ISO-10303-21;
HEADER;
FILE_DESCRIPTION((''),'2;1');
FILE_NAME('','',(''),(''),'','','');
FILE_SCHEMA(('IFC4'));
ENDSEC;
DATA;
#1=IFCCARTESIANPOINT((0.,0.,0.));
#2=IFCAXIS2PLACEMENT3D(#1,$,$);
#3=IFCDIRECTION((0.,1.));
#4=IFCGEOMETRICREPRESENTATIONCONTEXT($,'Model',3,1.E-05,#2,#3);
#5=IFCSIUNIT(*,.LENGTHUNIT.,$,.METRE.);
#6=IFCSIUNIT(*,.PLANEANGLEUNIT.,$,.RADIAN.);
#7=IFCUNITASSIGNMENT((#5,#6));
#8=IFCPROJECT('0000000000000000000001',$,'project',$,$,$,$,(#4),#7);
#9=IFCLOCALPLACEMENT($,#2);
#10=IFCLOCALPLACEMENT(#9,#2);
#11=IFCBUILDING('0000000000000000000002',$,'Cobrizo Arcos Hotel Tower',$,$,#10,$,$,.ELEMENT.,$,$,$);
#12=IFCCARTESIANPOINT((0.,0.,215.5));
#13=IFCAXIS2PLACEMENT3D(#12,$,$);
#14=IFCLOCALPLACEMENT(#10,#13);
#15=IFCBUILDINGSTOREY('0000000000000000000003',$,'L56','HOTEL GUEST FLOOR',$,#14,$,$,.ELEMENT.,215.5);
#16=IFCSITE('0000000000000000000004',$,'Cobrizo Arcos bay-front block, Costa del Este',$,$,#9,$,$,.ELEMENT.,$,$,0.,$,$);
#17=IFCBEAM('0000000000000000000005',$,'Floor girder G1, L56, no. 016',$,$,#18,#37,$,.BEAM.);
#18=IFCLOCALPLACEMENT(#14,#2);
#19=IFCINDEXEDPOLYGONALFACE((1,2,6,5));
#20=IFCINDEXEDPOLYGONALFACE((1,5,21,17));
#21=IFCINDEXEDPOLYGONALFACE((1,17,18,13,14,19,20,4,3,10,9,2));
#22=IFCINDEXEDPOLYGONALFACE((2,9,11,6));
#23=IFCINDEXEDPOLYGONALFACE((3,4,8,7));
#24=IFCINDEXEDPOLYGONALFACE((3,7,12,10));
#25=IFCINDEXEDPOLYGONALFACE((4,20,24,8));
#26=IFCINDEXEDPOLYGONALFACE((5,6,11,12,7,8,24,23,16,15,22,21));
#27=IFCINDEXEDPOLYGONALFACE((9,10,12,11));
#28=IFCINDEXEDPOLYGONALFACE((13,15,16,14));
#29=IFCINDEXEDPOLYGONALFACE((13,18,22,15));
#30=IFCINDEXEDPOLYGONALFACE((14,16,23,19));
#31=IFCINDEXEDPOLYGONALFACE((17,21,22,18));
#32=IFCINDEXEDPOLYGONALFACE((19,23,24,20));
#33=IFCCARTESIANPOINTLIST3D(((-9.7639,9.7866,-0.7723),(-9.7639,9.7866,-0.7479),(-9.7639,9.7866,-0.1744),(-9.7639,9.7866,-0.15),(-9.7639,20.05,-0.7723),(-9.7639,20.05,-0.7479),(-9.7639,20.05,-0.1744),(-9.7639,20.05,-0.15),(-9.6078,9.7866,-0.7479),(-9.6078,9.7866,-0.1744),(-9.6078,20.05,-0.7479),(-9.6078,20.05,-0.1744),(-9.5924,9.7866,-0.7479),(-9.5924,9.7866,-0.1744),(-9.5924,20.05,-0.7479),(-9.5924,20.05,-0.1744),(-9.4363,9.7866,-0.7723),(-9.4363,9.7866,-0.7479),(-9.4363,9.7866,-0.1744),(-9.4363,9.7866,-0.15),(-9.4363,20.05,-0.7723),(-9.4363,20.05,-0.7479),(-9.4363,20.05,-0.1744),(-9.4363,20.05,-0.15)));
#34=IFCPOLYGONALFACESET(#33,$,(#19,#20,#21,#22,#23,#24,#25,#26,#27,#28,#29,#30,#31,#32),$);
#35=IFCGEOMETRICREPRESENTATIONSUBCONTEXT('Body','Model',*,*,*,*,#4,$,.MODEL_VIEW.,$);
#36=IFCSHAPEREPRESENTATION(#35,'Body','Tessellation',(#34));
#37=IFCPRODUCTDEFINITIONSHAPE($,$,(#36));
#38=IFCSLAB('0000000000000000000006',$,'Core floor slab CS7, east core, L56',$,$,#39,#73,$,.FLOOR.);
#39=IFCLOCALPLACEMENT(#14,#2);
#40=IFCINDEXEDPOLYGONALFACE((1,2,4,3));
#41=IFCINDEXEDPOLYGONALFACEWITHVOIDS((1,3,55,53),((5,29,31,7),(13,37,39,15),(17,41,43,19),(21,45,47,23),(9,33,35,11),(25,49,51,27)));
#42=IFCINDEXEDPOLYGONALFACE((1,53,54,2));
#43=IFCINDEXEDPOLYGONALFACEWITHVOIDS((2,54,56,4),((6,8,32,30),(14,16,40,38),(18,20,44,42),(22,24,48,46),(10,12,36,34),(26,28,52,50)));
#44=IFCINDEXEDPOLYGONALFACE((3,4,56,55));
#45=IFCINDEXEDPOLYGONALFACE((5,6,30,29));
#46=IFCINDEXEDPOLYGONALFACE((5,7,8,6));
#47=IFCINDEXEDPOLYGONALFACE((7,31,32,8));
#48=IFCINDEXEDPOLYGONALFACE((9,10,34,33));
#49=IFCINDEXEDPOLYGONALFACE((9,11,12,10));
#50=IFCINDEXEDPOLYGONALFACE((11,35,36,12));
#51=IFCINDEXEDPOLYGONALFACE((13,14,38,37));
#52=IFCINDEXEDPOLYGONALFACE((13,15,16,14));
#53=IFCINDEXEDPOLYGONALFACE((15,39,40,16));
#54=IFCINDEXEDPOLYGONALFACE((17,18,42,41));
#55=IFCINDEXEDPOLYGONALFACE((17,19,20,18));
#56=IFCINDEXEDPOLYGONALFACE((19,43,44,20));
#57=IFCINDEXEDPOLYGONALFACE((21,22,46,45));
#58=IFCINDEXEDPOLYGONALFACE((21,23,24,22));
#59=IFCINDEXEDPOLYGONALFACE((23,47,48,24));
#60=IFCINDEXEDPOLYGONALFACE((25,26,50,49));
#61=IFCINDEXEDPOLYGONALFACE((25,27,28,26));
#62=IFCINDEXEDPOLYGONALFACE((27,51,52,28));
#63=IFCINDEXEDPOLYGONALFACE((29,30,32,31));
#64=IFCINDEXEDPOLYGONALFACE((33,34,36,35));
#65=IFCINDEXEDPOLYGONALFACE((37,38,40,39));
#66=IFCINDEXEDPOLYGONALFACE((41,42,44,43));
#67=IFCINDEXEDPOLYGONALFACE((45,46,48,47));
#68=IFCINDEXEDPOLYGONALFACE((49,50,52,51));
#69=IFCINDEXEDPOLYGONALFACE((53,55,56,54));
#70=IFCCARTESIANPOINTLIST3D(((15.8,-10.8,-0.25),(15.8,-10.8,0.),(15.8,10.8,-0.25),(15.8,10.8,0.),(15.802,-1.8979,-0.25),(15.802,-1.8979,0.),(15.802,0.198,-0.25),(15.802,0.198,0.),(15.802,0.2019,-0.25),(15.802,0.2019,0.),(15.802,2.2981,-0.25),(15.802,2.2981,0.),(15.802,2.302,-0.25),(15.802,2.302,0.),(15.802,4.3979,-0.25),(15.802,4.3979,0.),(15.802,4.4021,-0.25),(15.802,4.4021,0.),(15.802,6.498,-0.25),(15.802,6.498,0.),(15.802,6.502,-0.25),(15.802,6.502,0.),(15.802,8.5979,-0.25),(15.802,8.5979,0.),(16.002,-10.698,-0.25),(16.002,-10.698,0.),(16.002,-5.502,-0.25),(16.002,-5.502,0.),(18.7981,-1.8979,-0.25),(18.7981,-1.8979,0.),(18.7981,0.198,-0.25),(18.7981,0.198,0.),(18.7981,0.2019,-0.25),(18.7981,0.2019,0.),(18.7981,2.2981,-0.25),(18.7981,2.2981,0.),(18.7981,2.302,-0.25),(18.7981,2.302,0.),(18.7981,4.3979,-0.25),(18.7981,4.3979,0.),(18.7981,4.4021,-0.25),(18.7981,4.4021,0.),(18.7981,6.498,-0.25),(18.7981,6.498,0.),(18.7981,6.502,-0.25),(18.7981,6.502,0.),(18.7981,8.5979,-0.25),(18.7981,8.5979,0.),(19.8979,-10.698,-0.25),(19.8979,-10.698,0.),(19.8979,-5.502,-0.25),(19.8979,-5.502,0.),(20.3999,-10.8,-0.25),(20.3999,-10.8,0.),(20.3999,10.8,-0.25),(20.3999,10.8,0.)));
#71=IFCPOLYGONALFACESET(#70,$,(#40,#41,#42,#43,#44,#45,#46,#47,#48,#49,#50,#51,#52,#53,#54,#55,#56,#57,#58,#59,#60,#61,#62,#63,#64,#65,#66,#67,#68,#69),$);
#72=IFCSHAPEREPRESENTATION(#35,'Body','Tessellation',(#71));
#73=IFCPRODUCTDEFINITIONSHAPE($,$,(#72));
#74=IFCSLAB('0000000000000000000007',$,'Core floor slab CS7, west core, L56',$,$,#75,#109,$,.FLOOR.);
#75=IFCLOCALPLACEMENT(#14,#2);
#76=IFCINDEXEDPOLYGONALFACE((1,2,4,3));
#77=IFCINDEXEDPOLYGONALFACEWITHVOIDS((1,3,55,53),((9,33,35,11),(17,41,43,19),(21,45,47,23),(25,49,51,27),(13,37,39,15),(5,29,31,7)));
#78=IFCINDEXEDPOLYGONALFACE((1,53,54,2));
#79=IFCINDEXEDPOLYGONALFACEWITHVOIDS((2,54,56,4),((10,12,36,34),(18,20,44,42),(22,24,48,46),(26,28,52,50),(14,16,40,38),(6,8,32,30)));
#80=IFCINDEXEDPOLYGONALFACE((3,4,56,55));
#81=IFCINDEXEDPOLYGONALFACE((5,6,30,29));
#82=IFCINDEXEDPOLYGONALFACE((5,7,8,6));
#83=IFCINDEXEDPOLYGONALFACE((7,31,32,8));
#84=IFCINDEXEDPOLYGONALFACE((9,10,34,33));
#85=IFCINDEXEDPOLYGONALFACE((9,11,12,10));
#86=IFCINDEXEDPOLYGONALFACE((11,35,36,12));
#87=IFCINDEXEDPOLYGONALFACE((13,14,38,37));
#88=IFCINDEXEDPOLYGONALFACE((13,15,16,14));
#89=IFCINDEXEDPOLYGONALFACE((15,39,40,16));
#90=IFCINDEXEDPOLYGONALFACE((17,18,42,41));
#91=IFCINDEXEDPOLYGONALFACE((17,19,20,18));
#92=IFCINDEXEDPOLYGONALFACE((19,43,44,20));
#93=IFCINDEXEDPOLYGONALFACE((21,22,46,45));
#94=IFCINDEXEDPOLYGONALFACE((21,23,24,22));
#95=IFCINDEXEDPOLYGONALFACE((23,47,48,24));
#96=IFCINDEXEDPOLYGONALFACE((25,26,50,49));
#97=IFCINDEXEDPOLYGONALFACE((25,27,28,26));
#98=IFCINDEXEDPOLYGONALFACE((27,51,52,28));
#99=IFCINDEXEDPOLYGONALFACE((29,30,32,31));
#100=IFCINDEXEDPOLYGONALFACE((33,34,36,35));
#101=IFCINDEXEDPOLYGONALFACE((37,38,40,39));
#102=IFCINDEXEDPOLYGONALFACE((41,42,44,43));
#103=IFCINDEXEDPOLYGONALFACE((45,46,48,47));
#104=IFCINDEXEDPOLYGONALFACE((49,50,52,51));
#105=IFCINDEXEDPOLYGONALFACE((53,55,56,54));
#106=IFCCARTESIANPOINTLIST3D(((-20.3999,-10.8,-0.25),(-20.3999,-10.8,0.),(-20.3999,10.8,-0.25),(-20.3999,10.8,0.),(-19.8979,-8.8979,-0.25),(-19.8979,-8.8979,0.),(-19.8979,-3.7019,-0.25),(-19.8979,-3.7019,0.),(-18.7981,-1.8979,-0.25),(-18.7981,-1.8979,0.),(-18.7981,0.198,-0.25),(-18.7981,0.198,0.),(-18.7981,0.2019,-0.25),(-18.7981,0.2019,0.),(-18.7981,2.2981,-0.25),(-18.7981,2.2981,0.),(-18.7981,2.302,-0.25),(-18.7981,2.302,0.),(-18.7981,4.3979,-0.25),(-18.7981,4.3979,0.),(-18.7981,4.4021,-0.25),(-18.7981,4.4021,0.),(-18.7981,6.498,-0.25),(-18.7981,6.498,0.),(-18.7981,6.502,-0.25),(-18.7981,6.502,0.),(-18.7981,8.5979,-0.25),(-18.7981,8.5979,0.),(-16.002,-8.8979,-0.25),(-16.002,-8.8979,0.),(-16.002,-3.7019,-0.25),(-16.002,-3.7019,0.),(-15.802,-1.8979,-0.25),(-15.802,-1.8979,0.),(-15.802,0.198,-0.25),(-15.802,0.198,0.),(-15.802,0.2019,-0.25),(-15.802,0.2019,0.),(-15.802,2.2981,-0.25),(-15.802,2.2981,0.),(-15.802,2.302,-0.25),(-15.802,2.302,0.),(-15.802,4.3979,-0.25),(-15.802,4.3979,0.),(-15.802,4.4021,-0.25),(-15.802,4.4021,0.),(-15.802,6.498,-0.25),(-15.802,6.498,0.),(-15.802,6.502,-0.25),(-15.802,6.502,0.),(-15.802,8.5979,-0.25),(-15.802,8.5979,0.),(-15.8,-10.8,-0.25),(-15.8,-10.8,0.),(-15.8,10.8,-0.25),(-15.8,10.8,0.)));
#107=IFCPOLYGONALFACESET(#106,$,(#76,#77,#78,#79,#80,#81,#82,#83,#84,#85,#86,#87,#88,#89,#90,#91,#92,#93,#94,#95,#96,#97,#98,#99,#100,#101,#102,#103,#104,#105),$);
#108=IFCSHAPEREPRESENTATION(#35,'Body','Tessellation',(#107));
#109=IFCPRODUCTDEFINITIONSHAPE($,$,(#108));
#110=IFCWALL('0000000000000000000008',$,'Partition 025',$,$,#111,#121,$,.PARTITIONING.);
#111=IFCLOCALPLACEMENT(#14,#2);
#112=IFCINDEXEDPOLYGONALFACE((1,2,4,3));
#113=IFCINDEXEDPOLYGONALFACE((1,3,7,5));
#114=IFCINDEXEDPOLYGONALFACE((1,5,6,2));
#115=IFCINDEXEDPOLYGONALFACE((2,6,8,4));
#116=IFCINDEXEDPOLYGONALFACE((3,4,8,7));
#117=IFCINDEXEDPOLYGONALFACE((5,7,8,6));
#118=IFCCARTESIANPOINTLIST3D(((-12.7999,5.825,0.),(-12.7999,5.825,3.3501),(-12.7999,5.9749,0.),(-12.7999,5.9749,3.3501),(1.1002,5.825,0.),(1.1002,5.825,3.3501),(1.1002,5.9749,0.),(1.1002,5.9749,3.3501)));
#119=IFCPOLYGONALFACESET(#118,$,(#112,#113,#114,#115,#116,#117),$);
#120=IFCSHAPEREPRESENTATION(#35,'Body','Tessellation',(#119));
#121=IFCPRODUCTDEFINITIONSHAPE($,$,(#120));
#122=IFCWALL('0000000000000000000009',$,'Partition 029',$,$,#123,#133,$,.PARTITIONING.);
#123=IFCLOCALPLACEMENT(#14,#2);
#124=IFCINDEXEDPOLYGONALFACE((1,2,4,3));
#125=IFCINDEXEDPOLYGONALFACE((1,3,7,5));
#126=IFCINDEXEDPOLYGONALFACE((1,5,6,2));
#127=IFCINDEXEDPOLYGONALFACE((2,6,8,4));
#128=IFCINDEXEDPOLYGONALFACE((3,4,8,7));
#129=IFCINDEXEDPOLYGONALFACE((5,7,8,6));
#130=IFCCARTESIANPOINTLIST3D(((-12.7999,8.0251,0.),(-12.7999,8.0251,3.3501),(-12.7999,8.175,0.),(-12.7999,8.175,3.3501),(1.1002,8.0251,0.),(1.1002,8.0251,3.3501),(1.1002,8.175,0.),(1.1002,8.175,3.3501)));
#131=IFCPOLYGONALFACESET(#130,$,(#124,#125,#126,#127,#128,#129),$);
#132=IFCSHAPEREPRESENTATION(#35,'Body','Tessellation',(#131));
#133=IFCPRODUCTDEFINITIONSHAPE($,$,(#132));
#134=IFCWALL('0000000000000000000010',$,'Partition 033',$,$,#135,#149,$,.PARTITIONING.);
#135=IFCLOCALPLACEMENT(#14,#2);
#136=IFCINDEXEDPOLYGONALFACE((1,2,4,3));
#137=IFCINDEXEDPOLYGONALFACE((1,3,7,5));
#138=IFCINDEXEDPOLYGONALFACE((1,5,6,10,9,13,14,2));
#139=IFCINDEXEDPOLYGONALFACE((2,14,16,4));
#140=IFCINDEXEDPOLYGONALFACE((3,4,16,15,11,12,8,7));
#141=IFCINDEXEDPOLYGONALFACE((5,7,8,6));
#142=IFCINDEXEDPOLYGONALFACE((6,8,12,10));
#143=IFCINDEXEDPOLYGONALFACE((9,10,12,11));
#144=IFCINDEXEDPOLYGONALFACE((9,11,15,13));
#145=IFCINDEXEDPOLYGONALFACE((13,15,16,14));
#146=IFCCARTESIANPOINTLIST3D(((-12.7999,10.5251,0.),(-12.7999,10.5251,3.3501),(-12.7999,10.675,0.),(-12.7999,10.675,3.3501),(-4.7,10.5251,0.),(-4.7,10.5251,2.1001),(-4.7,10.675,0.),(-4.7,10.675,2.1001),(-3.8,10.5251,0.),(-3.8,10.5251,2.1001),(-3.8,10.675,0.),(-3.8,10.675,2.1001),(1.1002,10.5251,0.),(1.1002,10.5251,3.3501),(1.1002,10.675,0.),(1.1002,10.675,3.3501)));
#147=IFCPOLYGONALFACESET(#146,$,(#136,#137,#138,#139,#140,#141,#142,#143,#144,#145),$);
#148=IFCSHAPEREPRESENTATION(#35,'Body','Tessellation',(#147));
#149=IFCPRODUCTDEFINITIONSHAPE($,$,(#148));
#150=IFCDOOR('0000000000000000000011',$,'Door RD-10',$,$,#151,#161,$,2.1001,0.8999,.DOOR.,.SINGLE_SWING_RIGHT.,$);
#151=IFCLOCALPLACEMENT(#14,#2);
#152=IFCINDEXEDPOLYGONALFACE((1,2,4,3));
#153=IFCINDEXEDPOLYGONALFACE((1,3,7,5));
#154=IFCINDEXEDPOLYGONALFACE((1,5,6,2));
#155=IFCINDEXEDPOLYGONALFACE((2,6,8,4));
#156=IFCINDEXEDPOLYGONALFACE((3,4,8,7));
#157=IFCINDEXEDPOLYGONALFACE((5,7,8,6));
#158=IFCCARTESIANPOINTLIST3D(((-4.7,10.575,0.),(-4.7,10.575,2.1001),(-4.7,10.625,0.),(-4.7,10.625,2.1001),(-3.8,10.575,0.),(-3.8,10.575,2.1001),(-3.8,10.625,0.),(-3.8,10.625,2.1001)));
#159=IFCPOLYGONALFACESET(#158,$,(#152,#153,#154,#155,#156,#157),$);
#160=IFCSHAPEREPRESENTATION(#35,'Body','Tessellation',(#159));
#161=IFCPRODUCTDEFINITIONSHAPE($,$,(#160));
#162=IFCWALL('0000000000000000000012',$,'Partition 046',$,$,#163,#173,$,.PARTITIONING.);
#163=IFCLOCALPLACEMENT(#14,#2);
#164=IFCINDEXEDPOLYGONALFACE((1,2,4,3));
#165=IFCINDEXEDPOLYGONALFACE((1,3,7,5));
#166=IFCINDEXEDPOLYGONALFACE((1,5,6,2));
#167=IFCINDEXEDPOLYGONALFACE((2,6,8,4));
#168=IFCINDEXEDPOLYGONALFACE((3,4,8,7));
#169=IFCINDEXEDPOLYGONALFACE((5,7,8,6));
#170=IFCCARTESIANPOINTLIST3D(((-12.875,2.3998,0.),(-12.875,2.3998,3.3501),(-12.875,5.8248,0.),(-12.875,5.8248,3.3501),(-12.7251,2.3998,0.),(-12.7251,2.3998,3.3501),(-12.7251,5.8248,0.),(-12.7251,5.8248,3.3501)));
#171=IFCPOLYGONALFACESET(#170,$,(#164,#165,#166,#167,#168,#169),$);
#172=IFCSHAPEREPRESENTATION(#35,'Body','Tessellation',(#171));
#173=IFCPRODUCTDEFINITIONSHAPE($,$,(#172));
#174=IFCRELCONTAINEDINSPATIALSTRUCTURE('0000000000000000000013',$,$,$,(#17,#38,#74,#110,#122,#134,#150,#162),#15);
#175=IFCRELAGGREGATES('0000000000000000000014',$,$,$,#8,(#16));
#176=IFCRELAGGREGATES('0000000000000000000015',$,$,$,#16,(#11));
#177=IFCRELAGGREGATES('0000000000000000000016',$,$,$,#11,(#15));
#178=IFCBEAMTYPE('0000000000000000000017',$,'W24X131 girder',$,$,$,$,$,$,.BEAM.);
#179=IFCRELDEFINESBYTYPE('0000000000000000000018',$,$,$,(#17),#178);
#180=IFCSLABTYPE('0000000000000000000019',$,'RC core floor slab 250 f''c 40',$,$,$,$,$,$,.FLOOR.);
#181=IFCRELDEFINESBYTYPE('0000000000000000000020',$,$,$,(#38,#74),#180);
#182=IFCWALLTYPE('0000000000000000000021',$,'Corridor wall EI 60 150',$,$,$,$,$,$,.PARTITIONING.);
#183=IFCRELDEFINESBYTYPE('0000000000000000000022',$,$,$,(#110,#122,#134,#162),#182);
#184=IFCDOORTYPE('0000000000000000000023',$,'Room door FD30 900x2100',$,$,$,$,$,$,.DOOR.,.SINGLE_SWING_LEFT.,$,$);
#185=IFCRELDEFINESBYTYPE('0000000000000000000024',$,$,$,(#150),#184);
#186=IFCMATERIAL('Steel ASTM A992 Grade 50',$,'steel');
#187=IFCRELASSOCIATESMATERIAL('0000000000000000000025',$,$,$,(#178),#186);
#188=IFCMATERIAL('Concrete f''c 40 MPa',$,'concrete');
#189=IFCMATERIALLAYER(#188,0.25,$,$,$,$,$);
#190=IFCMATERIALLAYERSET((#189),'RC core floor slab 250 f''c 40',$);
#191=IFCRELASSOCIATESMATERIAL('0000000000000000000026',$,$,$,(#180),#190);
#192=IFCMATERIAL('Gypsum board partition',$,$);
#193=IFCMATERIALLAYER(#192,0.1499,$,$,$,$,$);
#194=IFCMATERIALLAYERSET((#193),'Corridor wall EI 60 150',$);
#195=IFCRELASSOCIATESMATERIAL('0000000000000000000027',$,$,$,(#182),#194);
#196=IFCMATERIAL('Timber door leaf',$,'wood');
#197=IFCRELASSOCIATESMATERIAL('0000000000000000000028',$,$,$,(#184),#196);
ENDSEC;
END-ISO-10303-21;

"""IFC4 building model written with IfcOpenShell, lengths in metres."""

from ifc_helpers import new_model, si_unit, direction, frame, frame_2d, origin, origin_2d, place, context, subcontext, project, spatial, polyline, rectangle, i_section, outline, extrude, material, layer, layer_set, material_profile, profile_set, type_object, element, fill, save


model = new_model("IFC4")

# Units and contexts
model_context = context("Model", 3, precision=1e-05, world=origin(), true_north=direction((0.0, 1.0)))
body_context = subcontext(model_context, "Body", "Model", "MODEL_VIEW")
ifc_project = project(units=[si_unit("LENGTHUNIT", "METRE"), si_unit("PLANEANGLEUNIT", "RADIAN")], contexts=[model_context])

# Site, building, storey
site_placement = place(None, origin())
site = spatial("IfcSite", under=ifc_project, at=site_placement, Name="Cobrizo Arcos bay-front block, Costa del Este", CompositionType="ELEMENT", RefElevation=0.0)
building_placement = place(site_placement, origin())
building = spatial("IfcBuilding", under=site, at=building_placement, Name="Cobrizo Arcos Hotel Tower", CompositionType="ELEMENT")
storey_placement = place(building_placement, frame((0.0, 0.0, 215.5)))
storey = spatial("IfcBuildingStorey", under=building, at=storey_placement, Name="L56", Description="HOTEL GUEST FLOOR", CompositionType="ELEMENT", Elevation=215.5)

# Shared definitions
ifc_material_1 = material(Name="Steel ASTM A992 Grade 50", Category="steel")

# Beam
ifc_material_profile_1 = material_profile(ifc_material_1, i_section(OverallWidth=0.3276, OverallDepth=0.6223, WebThickness=0.0154, FlangeThickness=0.0244, at=origin_2d()), Name="W24X131")
ifc_profile_set_1 = profile_set([ifc_material_profile_1], Name="Steel ASTM A992 Grade 50")
beam_type_1 = type_object("IfcBeamType", Name="W24X131 girder", PredefinedType="BEAM", material=ifc_profile_set_1)
beam_1_placement = place(storey_placement, frame((-9.6001, 9.7866, -0.4612), z_axis=(0.0, 1.0, 0.0), x_axis=(-1.0, 0.0, 0.0)))
element("IfcBeam", 1, at=beam_1_placement, inside=storey, type_object=beam_type_1, Name="Floor girder G1, L56, no. 016", PredefinedType="BEAM", context=body_context, shape_type="SweptSolid", body=[
    extrude(i_section(OverallWidth=0.3276, OverallDepth=0.6223, WebThickness=0.0154, FlangeThickness=0.0244, at=origin_2d()), origin(), (0.0, 0.0, 1.0), 10.2634),
])

# Slabs
ifc_material_2 = material(Name="Concrete f'c 40 MPa", Category="concrete")
ifc_layer_1 = layer(ifc_material_2, 0.25)
ifc_layer_set_1 = layer_set([ifc_layer_1], Name="RC core floor slab 250 f'c 40")
slab_type_1 = type_object("IfcSlabType", Name="RC core floor slab 250 f'c 40", PredefinedType="FLOOR", material=ifc_layer_set_1)
slab_1_placement = place(storey_placement, frame((0.0, 0.0, -0.25)))
element("IfcSlab", 2, at=slab_1_placement, inside=storey, type_object=slab_type_1, Name="Core floor slab CS7, east core, L56", PredefinedType="FLOOR", context=body_context, shape_type="SweptSolid", body=[
    extrude(outline(polyline([(15.8, 10.8), (20.3999, 10.8), (20.3999, -10.8), (15.8, -10.8), (15.8, 10.8)]), holes=[polyline([(19.8979, -10.698), (19.8979, -5.502), (16.002, -5.502), (16.002, -10.698), (19.8979, -10.698)]), polyline([(15.802, 0.198), (15.802, -1.8979), (18.7981, -1.8979), (18.7981, 0.198), (15.802, 0.198)]), polyline([(15.802, 2.2981), (15.802, 0.2019), (18.7981, 0.2019), (18.7981, 2.2981), (15.802, 2.2981)]), polyline([(15.802, 4.3979), (15.802, 2.302), (18.7981, 2.302), (18.7981, 4.3979), (15.802, 4.3979)]), polyline([(18.7981, 6.498), (15.802, 6.498), (15.802, 4.4021), (18.7981, 4.4021), (18.7981, 6.498)]), polyline([(18.7981, 8.5979), (15.802, 8.5979), (15.802, 6.502), (18.7981, 6.502), (18.7981, 8.5979)])]), origin(), (0.0, 0.0, 1.0), 0.25),
])
slab_2_placement = place(storey_placement, frame((0.0, 0.0, -0.25)))
element("IfcSlab", 3, at=slab_2_placement, inside=storey, type_object=slab_type_1, Name="Core floor slab CS7, west core, L56", PredefinedType="FLOOR", context=body_context, shape_type="SweptSolid", body=[
    extrude(outline(polyline([(-20.3999, 10.8), (-15.8, 10.8), (-15.8, -10.8), (-20.3999, -10.8), (-20.3999, 10.8)]), holes=[polyline([(-19.8979, -3.7019), (-19.8979, -8.8979), (-16.002, -8.8979), (-16.002, -3.7019), (-19.8979, -3.7019)]), polyline([(-18.7981, 0.198), (-18.7981, -1.8979), (-15.802, -1.8979), (-15.802, 0.198), (-18.7981, 0.198)]), polyline([(-18.7981, 2.2981), (-18.7981, 0.2019), (-15.802, 0.2019), (-15.802, 2.2981), (-18.7981, 2.2981)]), polyline([(-18.7981, 4.3979), (-18.7981, 2.302), (-15.802, 2.302), (-15.802, 4.3979), (-18.7981, 4.3979)]), polyline([(-15.802, 6.498), (-18.7981, 6.498), (-18.7981, 4.4021), (-15.802, 4.4021), (-15.802, 6.498)]), polyline([(-15.802, 8.5979), (-18.7981, 8.5979), (-18.7981, 6.502), (-15.802, 6.502), (-15.802, 8.5979)])]), origin(), (0.0, 0.0, 1.0), 0.25),
])

# Walls
ifc_material_3 = material(Name="Gypsum board partition")
ifc_layer_2 = layer(ifc_material_3, 0.1499)
ifc_layer_set_2 = layer_set([ifc_layer_2], Name="Corridor wall EI 60 150")
wall_type_1 = type_object("IfcWallType", Name="Corridor wall EI 60 150", PredefinedType="PARTITIONING", material=ifc_layer_set_2)
for number, where, z_axis, x_axis, name in (
    (4, (-12.8, 5.8999, 0.0), (0.0, 0.0, 1.0), (1.0, 0.0, 0.0), "Partition 025"),
    (5, (-12.8, 8.1001, 0.0), (0.0, 0.0, 1.0), (1.0, 0.0, 0.0), "Partition 029"),
):
    element("IfcWall", number, at=place(storey_placement, frame(where, z_axis=z_axis, x_axis=x_axis)), inside=storey, type_object=wall_type_1, Name=name, PredefinedType="PARTITIONING", context=body_context, shape_type="SweptSolid", body=[
        extrude(rectangle(XDim=13.9001, YDim=0.1499, at=frame_2d((6.9502, 0.0))), origin(), (0.0, 0.0, 1.0), 3.3501),
    ])

# Wall, opening, door
wall_1_placement = place(storey_placement, frame((-12.8, 10.6001, 0.0), z_axis=(0.0, 0.0, 1.0), x_axis=(1.0, 0.0, 0.0)))
wall_1 = element("IfcWall", 6, at=wall_1_placement, inside=storey, type_object=wall_type_1, Name="Partition 033", PredefinedType="PARTITIONING", context=body_context, shape_type="SweptSolid", body=[
    extrude(rectangle(XDim=13.9001, YDim=0.1499, at=frame_2d((6.9502, 0.0))), origin(), (0.0, 0.0, 1.0), 3.3501),
])
opening_placement = place(wall_1_placement, frame((8.1001, 0.0, 0.0)))
opening = element("IfcOpeningElement", 7, at=opening_placement, cuts=wall_1, PredefinedType="OPENING", context=body_context, shape_type="SweptSolid", body=[
    extrude(rectangle(XDim=0.8999, YDim=2.1001, at=frame_2d((0.45, 1.05))), frame((0.0, 0.0869, 0.0), z_axis=(0.0, -1.0, 0.0), x_axis=(1.0, 0.0, 0.0)), (0.0, 0.0, 1.0), 0.1738),
])
ifc_material_4 = material(Name="Timber door leaf", Category="wood")
door_type = type_object("IfcDoorType", Name="Room door FD30 900x2100", OperationType="SINGLE_SWING_LEFT", PredefinedType="DOOR", material=ifc_material_4)
door_placement = place(opening_placement, origin())
door = element("IfcDoor", 8, at=door_placement, inside=storey, type_object=door_type, Name="Door RD-10", OperationType="SINGLE_SWING_RIGHT", OverallHeight=2.1001, OverallWidth=0.8999, PredefinedType="DOOR", context=body_context, shape_type="SweptSolid", body=[
    extrude(rectangle(XDim=0.8999, YDim=2.1001, at=frame_2d((0.45, 1.05))), frame((0.0, 0.0249, 0.0), z_axis=(0.0, -1.0, 0.0), x_axis=(1.0, 0.0, 0.0)), (0.0, 0.0, 1.0), 0.05),
])
fill(opening, door)

# Wall
wall_2_placement = place(storey_placement, frame((-12.8, 2.3999, 0.0), z_axis=(0.0, 0.0, 1.0), x_axis=(0.0, 1.0, 0.0)))
element("IfcWall", 9, at=wall_2_placement, inside=storey, type_object=wall_type_1, Name="Partition 046", PredefinedType="PARTITIONING", context=body_context, shape_type="SweptSolid", body=[
    extrude(rectangle(XDim=3.425, YDim=0.1499, at=frame_2d((1.7124, 0.0))), origin(), (0.0, 0.0, 1.0), 3.3501),
])

save(model, "model.ifc")
